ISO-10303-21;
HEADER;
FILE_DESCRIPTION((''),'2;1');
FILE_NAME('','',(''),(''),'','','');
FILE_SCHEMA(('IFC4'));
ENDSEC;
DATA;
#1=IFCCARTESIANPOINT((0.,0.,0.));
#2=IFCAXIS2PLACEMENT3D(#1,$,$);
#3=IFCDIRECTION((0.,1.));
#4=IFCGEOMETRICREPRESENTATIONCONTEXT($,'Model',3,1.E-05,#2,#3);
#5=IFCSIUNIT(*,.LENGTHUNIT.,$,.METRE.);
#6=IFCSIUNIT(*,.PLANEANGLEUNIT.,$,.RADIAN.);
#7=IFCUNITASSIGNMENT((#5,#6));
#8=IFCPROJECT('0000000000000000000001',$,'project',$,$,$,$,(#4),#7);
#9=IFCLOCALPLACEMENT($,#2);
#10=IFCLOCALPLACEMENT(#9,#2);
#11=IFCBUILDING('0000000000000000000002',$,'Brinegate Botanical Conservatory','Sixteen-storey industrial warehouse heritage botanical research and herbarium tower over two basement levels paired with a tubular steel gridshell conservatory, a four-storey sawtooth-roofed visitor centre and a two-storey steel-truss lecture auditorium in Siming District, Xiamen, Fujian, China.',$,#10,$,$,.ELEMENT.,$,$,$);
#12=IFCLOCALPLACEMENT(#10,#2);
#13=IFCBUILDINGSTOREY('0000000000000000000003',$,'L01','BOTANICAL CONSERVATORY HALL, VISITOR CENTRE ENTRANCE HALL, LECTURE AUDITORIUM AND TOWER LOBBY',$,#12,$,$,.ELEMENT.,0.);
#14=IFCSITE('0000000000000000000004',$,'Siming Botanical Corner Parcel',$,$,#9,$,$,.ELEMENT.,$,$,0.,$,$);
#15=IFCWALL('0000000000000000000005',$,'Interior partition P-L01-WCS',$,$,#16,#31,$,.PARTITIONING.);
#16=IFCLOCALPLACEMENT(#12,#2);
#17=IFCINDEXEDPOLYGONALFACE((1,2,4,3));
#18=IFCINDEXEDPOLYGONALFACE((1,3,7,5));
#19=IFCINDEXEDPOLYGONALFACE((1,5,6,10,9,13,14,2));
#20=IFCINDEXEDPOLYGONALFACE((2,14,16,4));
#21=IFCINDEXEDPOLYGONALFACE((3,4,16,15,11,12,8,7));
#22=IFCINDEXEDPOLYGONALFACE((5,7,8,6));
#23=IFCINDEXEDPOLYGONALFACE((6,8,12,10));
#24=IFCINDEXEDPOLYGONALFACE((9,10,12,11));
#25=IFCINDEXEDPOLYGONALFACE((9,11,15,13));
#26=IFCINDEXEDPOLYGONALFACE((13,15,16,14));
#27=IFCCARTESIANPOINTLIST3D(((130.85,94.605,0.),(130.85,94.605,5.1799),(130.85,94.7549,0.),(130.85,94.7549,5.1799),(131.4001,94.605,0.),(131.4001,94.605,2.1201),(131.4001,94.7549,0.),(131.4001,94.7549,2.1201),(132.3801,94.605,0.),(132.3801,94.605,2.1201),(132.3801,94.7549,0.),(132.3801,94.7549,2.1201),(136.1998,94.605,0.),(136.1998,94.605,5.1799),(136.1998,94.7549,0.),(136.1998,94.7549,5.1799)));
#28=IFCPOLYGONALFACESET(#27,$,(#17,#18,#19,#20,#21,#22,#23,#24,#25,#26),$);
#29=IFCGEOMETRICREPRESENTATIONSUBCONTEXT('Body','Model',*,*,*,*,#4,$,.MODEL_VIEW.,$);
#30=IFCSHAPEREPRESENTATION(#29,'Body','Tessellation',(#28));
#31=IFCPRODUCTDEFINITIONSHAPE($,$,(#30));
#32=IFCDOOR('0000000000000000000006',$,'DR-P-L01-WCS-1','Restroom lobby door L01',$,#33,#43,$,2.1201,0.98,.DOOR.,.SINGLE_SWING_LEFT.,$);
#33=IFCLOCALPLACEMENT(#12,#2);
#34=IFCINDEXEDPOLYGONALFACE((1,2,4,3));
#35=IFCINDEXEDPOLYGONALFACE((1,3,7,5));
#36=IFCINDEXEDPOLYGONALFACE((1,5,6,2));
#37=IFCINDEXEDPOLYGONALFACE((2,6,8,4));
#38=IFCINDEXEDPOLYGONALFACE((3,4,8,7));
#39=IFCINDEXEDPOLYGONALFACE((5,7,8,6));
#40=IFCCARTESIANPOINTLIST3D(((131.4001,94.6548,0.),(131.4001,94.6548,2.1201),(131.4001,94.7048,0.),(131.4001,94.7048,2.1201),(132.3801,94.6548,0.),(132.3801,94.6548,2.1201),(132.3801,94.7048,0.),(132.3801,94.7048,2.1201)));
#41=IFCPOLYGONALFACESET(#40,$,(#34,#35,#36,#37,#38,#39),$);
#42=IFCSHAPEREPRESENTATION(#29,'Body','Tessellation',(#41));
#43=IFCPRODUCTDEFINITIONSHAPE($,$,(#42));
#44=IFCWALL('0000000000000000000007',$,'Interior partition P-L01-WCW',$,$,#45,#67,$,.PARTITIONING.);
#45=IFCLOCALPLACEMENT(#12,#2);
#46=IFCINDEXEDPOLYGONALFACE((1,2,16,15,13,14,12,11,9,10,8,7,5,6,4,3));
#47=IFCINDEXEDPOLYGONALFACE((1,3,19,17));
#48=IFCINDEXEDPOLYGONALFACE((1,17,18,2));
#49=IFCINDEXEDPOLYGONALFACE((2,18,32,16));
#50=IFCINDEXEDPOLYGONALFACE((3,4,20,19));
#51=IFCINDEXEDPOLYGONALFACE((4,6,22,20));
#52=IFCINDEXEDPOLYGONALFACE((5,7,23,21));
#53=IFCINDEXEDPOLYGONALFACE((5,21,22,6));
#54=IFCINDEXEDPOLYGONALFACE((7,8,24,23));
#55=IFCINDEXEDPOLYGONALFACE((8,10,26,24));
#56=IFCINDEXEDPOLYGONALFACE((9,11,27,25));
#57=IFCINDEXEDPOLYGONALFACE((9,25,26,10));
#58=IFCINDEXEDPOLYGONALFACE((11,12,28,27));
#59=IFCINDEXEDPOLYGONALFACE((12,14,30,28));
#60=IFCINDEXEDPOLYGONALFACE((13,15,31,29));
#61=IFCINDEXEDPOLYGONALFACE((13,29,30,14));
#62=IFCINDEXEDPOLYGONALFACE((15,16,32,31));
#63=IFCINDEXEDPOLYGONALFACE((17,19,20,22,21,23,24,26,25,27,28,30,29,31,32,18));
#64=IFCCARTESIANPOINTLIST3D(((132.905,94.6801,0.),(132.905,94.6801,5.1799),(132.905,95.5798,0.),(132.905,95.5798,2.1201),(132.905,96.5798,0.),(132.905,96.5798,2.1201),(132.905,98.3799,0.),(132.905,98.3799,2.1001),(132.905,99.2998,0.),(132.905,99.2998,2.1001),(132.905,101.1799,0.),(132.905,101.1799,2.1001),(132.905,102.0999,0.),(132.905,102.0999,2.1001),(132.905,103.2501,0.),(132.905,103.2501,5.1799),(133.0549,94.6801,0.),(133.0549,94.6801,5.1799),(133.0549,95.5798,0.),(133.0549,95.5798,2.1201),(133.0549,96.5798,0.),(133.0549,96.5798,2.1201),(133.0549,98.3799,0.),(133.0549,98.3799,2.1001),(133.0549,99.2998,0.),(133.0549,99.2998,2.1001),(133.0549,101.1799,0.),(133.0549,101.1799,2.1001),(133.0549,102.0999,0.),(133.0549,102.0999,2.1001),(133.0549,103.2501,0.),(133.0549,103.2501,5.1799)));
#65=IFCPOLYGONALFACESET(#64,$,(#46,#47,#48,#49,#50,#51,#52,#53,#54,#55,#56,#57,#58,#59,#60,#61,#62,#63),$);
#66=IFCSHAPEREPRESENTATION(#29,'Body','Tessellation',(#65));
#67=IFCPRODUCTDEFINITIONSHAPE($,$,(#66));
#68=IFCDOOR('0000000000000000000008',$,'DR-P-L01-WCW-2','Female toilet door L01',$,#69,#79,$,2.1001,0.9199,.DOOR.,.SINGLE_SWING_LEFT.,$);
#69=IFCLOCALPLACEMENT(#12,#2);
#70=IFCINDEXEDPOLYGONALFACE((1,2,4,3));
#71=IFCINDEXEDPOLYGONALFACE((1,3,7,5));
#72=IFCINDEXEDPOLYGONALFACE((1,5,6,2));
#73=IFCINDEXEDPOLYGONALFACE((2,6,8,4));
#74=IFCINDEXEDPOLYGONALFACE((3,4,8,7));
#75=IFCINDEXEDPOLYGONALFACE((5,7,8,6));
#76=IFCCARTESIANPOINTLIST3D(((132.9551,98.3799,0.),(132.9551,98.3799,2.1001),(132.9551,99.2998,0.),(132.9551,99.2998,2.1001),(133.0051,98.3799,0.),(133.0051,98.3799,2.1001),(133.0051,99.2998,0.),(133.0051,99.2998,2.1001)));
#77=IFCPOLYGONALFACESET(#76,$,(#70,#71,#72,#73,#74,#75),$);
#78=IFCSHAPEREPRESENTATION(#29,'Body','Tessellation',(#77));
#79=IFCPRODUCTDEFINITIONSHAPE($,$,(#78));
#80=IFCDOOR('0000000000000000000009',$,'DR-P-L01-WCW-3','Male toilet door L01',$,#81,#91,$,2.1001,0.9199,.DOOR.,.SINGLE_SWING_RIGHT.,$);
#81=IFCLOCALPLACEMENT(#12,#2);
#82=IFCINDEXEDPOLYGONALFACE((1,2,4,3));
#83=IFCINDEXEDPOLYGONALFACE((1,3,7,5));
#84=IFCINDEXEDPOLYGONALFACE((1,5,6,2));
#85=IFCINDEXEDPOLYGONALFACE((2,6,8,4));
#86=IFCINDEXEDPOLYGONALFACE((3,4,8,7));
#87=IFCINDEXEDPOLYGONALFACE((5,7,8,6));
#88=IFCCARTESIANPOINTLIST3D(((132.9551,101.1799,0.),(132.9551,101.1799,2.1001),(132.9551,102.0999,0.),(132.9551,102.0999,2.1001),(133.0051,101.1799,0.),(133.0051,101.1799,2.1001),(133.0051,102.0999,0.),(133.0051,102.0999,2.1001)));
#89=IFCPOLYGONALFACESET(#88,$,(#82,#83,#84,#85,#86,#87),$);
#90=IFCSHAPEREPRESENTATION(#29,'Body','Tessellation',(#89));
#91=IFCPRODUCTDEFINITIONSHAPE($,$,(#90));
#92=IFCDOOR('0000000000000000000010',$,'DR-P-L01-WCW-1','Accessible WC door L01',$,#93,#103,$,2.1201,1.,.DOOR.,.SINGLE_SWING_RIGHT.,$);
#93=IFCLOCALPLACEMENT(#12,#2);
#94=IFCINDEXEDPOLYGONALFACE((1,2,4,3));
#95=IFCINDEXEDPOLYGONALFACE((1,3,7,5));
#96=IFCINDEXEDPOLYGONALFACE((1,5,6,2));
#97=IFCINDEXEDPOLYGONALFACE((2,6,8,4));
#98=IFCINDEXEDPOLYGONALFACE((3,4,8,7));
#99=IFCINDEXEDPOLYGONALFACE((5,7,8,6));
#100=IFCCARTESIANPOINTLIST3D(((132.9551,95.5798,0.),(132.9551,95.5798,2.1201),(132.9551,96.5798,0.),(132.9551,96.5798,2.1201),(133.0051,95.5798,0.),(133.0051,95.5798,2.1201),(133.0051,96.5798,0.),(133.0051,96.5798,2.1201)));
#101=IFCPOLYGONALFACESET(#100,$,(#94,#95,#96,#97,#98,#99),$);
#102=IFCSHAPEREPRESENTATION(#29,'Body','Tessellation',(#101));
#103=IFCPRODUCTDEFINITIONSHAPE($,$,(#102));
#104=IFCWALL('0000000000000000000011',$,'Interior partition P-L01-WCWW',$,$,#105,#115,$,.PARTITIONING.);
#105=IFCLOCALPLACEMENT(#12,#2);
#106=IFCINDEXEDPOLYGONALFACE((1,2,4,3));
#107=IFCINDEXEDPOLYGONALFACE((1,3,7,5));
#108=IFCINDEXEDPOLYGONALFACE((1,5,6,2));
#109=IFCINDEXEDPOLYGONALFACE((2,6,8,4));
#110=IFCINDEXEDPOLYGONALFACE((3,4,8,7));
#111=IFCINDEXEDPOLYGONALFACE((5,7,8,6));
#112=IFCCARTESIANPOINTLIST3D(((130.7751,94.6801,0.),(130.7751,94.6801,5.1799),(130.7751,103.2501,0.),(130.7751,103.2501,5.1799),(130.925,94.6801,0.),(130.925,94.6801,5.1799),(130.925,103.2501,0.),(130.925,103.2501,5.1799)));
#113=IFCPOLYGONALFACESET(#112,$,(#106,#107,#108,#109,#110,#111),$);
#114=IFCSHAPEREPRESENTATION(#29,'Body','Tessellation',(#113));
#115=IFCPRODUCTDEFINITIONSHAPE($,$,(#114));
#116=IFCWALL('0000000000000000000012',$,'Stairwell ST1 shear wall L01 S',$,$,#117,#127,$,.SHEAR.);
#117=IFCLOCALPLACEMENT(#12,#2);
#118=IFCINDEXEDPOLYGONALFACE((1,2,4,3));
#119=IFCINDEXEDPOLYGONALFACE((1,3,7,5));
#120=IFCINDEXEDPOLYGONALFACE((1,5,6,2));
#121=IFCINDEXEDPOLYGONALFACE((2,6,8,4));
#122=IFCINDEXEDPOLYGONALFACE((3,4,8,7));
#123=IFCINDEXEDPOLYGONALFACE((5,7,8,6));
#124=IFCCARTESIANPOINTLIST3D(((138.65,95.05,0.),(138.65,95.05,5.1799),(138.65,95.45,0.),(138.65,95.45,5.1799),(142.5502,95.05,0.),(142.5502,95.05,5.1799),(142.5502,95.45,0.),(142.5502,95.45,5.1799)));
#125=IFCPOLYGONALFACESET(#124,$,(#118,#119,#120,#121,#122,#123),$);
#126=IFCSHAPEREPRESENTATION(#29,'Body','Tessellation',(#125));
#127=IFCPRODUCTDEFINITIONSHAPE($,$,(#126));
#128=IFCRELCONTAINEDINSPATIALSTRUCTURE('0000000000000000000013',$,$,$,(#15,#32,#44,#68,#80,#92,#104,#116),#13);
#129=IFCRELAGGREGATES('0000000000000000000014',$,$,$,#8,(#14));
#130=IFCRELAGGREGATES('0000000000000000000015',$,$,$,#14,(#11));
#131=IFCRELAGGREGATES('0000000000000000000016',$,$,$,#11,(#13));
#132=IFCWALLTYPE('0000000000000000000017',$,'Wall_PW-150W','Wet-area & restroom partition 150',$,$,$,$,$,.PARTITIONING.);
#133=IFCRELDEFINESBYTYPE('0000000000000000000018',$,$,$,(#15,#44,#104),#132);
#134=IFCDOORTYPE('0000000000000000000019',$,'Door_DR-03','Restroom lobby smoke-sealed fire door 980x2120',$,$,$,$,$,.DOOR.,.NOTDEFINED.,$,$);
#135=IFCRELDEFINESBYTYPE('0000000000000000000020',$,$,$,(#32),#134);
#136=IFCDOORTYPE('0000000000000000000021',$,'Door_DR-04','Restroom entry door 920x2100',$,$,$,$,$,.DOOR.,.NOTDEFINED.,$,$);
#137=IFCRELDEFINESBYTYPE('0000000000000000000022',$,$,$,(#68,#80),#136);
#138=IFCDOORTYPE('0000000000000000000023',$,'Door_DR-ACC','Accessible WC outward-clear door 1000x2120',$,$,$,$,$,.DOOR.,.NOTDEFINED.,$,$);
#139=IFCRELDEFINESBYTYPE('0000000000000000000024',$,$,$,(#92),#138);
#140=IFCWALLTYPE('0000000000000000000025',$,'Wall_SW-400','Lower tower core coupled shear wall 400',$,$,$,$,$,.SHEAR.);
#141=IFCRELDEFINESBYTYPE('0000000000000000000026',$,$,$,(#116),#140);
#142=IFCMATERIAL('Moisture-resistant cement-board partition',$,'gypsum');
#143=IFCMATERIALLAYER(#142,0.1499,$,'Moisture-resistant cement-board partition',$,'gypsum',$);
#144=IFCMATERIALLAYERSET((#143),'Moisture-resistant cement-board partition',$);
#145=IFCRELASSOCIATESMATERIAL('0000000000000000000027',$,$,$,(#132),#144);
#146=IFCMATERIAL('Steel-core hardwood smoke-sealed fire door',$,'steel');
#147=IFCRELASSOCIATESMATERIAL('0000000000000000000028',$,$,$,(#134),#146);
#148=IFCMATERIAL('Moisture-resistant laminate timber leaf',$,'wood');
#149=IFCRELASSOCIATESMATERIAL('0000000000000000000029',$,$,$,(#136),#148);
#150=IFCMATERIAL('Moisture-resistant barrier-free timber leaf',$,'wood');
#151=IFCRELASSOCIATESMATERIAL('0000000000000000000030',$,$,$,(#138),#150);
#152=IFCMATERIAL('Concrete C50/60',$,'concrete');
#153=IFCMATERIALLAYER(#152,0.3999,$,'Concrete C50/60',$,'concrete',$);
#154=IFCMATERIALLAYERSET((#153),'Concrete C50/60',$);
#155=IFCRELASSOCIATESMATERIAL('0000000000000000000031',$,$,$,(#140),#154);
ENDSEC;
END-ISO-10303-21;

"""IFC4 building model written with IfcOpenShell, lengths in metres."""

from ifc_helpers import new_model, si_unit, direction, frame, frame_2d, origin, place, context, subcontext, project, spatial, rectangle, extrude, material, layer, layer_set, type_object, element, fill, save


model = new_model("IFC4")

# Units and contexts
model_context = context("Model", 3, precision=1e-05, world=origin(), true_north=direction((0.0, 1.0)))
body_context = subcontext(model_context, "Body", "Model", "MODEL_VIEW")
ifc_project = project(units=[si_unit("LENGTHUNIT", "METRE"), si_unit("PLANEANGLEUNIT", "RADIAN")], contexts=[model_context])

# Site, building, storey
site_placement = place(None, origin())
site = spatial("IfcSite", under=ifc_project, at=site_placement, Name="Siming Botanical Corner Parcel", CompositionType="ELEMENT", RefElevation=0.0)
building_placement = place(site_placement, origin())
building = spatial("IfcBuilding", under=site, at=building_placement, Name="Brinegate Botanical Conservatory", Description="Sixteen-storey industrial warehouse heritage botanical research and herbarium tower over two basement levels paired with a tubular steel gridshell conservatory, a four-storey sawtooth-roofed visitor centre and a two-storey steel-truss lecture auditorium in Siming District, Xiamen, Fujian, China.", CompositionType="ELEMENT")
storey_placement = place(building_placement, origin())
storey = spatial("IfcBuildingStorey", under=building, at=storey_placement, Name="L01", Description="BOTANICAL CONSERVATORY HALL, VISITOR CENTRE ENTRANCE HALL, LECTURE AUDITORIUM AND TOWER LOBBY", CompositionType="ELEMENT", Elevation=0.0)

# Shared definitions
ifc_material_1 = material(Name="Concrete C50/60", Category="concrete")

# Wall, opening, door
ifc_material_2 = material(Name="Moisture-resistant cement-board partition", Category="gypsum")
ifc_layer_1 = layer(ifc_material_2, 0.1499, Name="Moisture-resistant cement-board partition", Category="gypsum")
ifc_layer_set_1 = layer_set([ifc_layer_1], Name="Moisture-resistant cement-board partition")
wall_type_1 = type_object("IfcWallType", Name="Wall_PW-150W", Description="Wet-area & restroom partition 150", PredefinedType="PARTITIONING", material=ifc_layer_set_1)
wall_1_placement = place(storey_placement, frame((130.8501, 94.6799, 0.0), z_axis=(0.0, 0.0, 1.0), x_axis=(1.0, 0.0, 0.0)))
wall_1 = element("IfcWall", 1, at=wall_1_placement, inside=storey, type_object=wall_type_1, Name="Interior partition P-L01-WCS", PredefinedType="PARTITIONING", context=body_context, shape_type="SweptSolid", body=[
    extrude(rectangle(XDim=5.3499, YDim=0.1499, at=frame_2d((2.6748, 0.0))), origin(), (0.0, 0.0, 1.0), 5.1799),
])
opening_1_placement = place(wall_1_placement, frame((0.55, 0.0, 0.0)))
opening_1 = element("IfcOpeningElement", 2, at=opening_1_placement, cuts=wall_1, PredefinedType="OPENING", context=body_context, shape_type="SweptSolid", body=[
    extrude(rectangle(XDim=0.98, YDim=2.1201, at=frame_2d((0.49, 1.0601))), frame((0.0, 0.085, 0.0), z_axis=(0.0, -1.0, 0.0), x_axis=(1.0, 0.0, 0.0)), (0.0, 0.0, 1.0), 0.1699),
])
ifc_material_3 = material(Name="Steel-core hardwood smoke-sealed fire door", Category="steel")
door_type_1 = type_object("IfcDoorType", Name="Door_DR-03", Description="Restroom lobby smoke-sealed fire door 980x2120", OperationType="NOTDEFINED", PredefinedType="DOOR", material=ifc_material_3)
door_1_placement = place(opening_1_placement, origin())
door_1 = element("IfcDoor", 3, at=door_1_placement, inside=storey, type_object=door_type_1, Name="DR-P-L01-WCS-1", Description="Restroom lobby door L01", OperationType="SINGLE_SWING_LEFT", OverallHeight=2.1201, OverallWidth=0.98, PredefinedType="DOOR", context=body_context, shape_type="SweptSolid", body=[
    extrude(rectangle(XDim=0.98, YDim=2.1201, at=frame_2d((0.49, 1.0601))), frame((0.0, 0.0249, 0.0), z_axis=(0.0, -1.0, 0.0), x_axis=(1.0, 0.0, 0.0)), (0.0, 0.0, 1.0), 0.05),
])
fill(opening_1, door_1)

# Wall, openings, doors
wall_2_placement = place(storey_placement, frame((132.98, 94.6799, 0.0), z_axis=(0.0, 0.0, 1.0), x_axis=(0.0, 1.0, 0.0)))
wall_2 = element("IfcWall", 4, at=wall_2_placement, inside=storey, type_object=wall_type_1, Name="Interior partition P-L01-WCW", PredefinedType="PARTITIONING", context=body_context, shape_type="SweptSolid", body=[
    extrude(rectangle(XDim=8.5701, YDim=0.1499, at=frame_2d((4.2852, 0.0))), origin(), (0.0, 0.0, 1.0), 5.1799),
])
opening_2_placement = place(wall_2_placement, frame((0.8999, 0.0, 0.0)))
opening_2 = element("IfcOpeningElement", 5, at=opening_2_placement, cuts=wall_2, PredefinedType="OPENING", context=body_context, shape_type="SweptSolid", body=[
    extrude(rectangle(XDim=1.0, YDim=2.1201, at=frame_2d((0.5, 1.0601))), frame((0.0, 0.085, 0.0), z_axis=(0.0, -1.0, 0.0), x_axis=(1.0, 0.0, 0.0)), (0.0, 0.0, 1.0), 0.1699),
])
opening_3_placement = place(wall_2_placement, frame((3.7, 0.0, 0.0)))
opening_3 = element("IfcOpeningElement", 6, at=opening_3_placement, cuts=wall_2, PredefinedType="OPENING", context=body_context, shape_type="SweptSolid", body=[
    extrude(rectangle(XDim=0.9199, YDim=2.1001, at=frame_2d((0.46, 1.05))), frame((0.0, 0.085, 0.0), z_axis=(0.0, -1.0, 0.0), x_axis=(1.0, 0.0, 0.0)), (0.0, 0.0, 1.0), 0.1699),
])
opening_4_placement = place(wall_2_placement, frame((6.5, 0.0, 0.0)))
opening_4 = element("IfcOpeningElement", 7, at=opening_4_placement, cuts=wall_2, PredefinedType="OPENING", context=body_context, shape_type="SweptSolid", body=[
    extrude(rectangle(XDim=0.9199, YDim=2.1001, at=frame_2d((0.46, 1.05))), frame((0.0, 0.085, 0.0), z_axis=(0.0, -1.0, 0.0), x_axis=(1.0, 0.0, 0.0)), (0.0, 0.0, 1.0), 0.1699),
])
ifc_material_4 = material(Name="Moisture-resistant laminate timber leaf", Category="wood")
door_type_2 = type_object("IfcDoorType", Name="Door_DR-04", Description="Restroom entry door 920x2100", OperationType="NOTDEFINED", PredefinedType="DOOR", material=ifc_material_4)
door_2_placement = place(opening_3_placement, origin())
door_2 = element("IfcDoor", 8, at=door_2_placement, inside=storey, type_object=door_type_2, Name="DR-P-L01-WCW-2", Description="Female toilet door L01", OperationType="SINGLE_SWING_LEFT", OverallHeight=2.1001, OverallWidth=0.9199, PredefinedType="DOOR", context=body_context, shape_type="SweptSolid", body=[
    extrude(rectangle(XDim=0.9199, YDim=2.1001, at=frame_2d((0.46, 1.05))), frame((0.0, 0.0249, 0.0), z_axis=(0.0, -1.0, 0.0), x_axis=(1.0, 0.0, 0.0)), (0.0, 0.0, 1.0), 0.05),
])
fill(opening_3, door_2)
door_3_placement = place(opening_4_placement, origin())
door_3 = element("IfcDoor", 9, at=door_3_placement, inside=storey, type_object=door_type_2, Name="DR-P-L01-WCW-3", Description="Male toilet door L01", OperationType="SINGLE_SWING_RIGHT", OverallHeight=2.1001, OverallWidth=0.9199, PredefinedType="DOOR", context=body_context, shape_type="SweptSolid", body=[
    extrude(rectangle(XDim=0.9199, YDim=2.1001, at=frame_2d((0.46, 1.05))), frame((0.0, 0.0249, 0.0), z_axis=(0.0, -1.0, 0.0), x_axis=(1.0, 0.0, 0.0)), (0.0, 0.0, 1.0), 0.05),
])
fill(opening_4, door_3)
ifc_material_5 = material(Name="Moisture-resistant barrier-free timber leaf", Category="wood")
door_type_3 = type_object("IfcDoorType", Name="Door_DR-ACC", Description="Accessible WC outward-clear door 1000x2120", OperationType="NOTDEFINED", PredefinedType="DOOR", material=ifc_material_5)
door_4_placement = place(opening_2_placement, origin())
door_4 = element("IfcDoor", 10, at=door_4_placement, inside=storey, type_object=door_type_3, Name="DR-P-L01-WCW-1", Description="Accessible WC door L01", OperationType="SINGLE_SWING_RIGHT", OverallHeight=2.1201, OverallWidth=1.0, PredefinedType="DOOR", context=body_context, shape_type="SweptSolid", body=[
    extrude(rectangle(XDim=1.0, YDim=2.1201, at=frame_2d((0.5, 1.0601))), frame((0.0, 0.0249, 0.0), z_axis=(0.0, -1.0, 0.0), x_axis=(1.0, 0.0, 0.0)), (0.0, 0.0, 1.0), 0.05),
])
fill(opening_2, door_4)

# Walls
wall_3_placement = place(storey_placement, frame((130.8501, 94.6799, 0.0), z_axis=(0.0, 0.0, 1.0), x_axis=(0.0, 1.0, 0.0)))
element("IfcWall", 11, at=wall_3_placement, inside=storey, type_object=wall_type_1, Name="Interior partition P-L01-WCWW", PredefinedType="PARTITIONING", context=body_context, shape_type="SweptSolid", body=[
    extrude(rectangle(XDim=8.5701, YDim=0.1499, at=frame_2d((4.2852, 0.0))), origin(), (0.0, 0.0, 1.0), 5.1799),
])
ifc_layer_2 = layer(ifc_material_1, 0.3999, Name="Concrete C50/60", Category="concrete")
ifc_layer_set_2 = layer_set([ifc_layer_2], Name="Concrete C50/60")
wall_type_2 = type_object("IfcWallType", Name="Wall_SW-400", Description="Lower tower core coupled shear wall 400", PredefinedType="SHEAR", material=ifc_layer_set_2)
wall_4_placement = place(storey_placement, frame((138.6499, 95.25, 0.0), z_axis=(0.0, 0.0, 1.0), x_axis=(1.0, 0.0, 0.0)))
element("IfcWall", 12, at=wall_4_placement, inside=storey, type_object=wall_type_2, Name="Stairwell ST1 shear wall L01 S", PredefinedType="SHEAR", context=body_context, shape_type="SweptSolid", body=[
    extrude(rectangle(XDim=3.9001, YDim=0.3999, at=frame_2d((1.9502, 0.0))), origin(), (0.0, 0.0, 1.0), 5.1799),
])

save(model, "model.ifc")
